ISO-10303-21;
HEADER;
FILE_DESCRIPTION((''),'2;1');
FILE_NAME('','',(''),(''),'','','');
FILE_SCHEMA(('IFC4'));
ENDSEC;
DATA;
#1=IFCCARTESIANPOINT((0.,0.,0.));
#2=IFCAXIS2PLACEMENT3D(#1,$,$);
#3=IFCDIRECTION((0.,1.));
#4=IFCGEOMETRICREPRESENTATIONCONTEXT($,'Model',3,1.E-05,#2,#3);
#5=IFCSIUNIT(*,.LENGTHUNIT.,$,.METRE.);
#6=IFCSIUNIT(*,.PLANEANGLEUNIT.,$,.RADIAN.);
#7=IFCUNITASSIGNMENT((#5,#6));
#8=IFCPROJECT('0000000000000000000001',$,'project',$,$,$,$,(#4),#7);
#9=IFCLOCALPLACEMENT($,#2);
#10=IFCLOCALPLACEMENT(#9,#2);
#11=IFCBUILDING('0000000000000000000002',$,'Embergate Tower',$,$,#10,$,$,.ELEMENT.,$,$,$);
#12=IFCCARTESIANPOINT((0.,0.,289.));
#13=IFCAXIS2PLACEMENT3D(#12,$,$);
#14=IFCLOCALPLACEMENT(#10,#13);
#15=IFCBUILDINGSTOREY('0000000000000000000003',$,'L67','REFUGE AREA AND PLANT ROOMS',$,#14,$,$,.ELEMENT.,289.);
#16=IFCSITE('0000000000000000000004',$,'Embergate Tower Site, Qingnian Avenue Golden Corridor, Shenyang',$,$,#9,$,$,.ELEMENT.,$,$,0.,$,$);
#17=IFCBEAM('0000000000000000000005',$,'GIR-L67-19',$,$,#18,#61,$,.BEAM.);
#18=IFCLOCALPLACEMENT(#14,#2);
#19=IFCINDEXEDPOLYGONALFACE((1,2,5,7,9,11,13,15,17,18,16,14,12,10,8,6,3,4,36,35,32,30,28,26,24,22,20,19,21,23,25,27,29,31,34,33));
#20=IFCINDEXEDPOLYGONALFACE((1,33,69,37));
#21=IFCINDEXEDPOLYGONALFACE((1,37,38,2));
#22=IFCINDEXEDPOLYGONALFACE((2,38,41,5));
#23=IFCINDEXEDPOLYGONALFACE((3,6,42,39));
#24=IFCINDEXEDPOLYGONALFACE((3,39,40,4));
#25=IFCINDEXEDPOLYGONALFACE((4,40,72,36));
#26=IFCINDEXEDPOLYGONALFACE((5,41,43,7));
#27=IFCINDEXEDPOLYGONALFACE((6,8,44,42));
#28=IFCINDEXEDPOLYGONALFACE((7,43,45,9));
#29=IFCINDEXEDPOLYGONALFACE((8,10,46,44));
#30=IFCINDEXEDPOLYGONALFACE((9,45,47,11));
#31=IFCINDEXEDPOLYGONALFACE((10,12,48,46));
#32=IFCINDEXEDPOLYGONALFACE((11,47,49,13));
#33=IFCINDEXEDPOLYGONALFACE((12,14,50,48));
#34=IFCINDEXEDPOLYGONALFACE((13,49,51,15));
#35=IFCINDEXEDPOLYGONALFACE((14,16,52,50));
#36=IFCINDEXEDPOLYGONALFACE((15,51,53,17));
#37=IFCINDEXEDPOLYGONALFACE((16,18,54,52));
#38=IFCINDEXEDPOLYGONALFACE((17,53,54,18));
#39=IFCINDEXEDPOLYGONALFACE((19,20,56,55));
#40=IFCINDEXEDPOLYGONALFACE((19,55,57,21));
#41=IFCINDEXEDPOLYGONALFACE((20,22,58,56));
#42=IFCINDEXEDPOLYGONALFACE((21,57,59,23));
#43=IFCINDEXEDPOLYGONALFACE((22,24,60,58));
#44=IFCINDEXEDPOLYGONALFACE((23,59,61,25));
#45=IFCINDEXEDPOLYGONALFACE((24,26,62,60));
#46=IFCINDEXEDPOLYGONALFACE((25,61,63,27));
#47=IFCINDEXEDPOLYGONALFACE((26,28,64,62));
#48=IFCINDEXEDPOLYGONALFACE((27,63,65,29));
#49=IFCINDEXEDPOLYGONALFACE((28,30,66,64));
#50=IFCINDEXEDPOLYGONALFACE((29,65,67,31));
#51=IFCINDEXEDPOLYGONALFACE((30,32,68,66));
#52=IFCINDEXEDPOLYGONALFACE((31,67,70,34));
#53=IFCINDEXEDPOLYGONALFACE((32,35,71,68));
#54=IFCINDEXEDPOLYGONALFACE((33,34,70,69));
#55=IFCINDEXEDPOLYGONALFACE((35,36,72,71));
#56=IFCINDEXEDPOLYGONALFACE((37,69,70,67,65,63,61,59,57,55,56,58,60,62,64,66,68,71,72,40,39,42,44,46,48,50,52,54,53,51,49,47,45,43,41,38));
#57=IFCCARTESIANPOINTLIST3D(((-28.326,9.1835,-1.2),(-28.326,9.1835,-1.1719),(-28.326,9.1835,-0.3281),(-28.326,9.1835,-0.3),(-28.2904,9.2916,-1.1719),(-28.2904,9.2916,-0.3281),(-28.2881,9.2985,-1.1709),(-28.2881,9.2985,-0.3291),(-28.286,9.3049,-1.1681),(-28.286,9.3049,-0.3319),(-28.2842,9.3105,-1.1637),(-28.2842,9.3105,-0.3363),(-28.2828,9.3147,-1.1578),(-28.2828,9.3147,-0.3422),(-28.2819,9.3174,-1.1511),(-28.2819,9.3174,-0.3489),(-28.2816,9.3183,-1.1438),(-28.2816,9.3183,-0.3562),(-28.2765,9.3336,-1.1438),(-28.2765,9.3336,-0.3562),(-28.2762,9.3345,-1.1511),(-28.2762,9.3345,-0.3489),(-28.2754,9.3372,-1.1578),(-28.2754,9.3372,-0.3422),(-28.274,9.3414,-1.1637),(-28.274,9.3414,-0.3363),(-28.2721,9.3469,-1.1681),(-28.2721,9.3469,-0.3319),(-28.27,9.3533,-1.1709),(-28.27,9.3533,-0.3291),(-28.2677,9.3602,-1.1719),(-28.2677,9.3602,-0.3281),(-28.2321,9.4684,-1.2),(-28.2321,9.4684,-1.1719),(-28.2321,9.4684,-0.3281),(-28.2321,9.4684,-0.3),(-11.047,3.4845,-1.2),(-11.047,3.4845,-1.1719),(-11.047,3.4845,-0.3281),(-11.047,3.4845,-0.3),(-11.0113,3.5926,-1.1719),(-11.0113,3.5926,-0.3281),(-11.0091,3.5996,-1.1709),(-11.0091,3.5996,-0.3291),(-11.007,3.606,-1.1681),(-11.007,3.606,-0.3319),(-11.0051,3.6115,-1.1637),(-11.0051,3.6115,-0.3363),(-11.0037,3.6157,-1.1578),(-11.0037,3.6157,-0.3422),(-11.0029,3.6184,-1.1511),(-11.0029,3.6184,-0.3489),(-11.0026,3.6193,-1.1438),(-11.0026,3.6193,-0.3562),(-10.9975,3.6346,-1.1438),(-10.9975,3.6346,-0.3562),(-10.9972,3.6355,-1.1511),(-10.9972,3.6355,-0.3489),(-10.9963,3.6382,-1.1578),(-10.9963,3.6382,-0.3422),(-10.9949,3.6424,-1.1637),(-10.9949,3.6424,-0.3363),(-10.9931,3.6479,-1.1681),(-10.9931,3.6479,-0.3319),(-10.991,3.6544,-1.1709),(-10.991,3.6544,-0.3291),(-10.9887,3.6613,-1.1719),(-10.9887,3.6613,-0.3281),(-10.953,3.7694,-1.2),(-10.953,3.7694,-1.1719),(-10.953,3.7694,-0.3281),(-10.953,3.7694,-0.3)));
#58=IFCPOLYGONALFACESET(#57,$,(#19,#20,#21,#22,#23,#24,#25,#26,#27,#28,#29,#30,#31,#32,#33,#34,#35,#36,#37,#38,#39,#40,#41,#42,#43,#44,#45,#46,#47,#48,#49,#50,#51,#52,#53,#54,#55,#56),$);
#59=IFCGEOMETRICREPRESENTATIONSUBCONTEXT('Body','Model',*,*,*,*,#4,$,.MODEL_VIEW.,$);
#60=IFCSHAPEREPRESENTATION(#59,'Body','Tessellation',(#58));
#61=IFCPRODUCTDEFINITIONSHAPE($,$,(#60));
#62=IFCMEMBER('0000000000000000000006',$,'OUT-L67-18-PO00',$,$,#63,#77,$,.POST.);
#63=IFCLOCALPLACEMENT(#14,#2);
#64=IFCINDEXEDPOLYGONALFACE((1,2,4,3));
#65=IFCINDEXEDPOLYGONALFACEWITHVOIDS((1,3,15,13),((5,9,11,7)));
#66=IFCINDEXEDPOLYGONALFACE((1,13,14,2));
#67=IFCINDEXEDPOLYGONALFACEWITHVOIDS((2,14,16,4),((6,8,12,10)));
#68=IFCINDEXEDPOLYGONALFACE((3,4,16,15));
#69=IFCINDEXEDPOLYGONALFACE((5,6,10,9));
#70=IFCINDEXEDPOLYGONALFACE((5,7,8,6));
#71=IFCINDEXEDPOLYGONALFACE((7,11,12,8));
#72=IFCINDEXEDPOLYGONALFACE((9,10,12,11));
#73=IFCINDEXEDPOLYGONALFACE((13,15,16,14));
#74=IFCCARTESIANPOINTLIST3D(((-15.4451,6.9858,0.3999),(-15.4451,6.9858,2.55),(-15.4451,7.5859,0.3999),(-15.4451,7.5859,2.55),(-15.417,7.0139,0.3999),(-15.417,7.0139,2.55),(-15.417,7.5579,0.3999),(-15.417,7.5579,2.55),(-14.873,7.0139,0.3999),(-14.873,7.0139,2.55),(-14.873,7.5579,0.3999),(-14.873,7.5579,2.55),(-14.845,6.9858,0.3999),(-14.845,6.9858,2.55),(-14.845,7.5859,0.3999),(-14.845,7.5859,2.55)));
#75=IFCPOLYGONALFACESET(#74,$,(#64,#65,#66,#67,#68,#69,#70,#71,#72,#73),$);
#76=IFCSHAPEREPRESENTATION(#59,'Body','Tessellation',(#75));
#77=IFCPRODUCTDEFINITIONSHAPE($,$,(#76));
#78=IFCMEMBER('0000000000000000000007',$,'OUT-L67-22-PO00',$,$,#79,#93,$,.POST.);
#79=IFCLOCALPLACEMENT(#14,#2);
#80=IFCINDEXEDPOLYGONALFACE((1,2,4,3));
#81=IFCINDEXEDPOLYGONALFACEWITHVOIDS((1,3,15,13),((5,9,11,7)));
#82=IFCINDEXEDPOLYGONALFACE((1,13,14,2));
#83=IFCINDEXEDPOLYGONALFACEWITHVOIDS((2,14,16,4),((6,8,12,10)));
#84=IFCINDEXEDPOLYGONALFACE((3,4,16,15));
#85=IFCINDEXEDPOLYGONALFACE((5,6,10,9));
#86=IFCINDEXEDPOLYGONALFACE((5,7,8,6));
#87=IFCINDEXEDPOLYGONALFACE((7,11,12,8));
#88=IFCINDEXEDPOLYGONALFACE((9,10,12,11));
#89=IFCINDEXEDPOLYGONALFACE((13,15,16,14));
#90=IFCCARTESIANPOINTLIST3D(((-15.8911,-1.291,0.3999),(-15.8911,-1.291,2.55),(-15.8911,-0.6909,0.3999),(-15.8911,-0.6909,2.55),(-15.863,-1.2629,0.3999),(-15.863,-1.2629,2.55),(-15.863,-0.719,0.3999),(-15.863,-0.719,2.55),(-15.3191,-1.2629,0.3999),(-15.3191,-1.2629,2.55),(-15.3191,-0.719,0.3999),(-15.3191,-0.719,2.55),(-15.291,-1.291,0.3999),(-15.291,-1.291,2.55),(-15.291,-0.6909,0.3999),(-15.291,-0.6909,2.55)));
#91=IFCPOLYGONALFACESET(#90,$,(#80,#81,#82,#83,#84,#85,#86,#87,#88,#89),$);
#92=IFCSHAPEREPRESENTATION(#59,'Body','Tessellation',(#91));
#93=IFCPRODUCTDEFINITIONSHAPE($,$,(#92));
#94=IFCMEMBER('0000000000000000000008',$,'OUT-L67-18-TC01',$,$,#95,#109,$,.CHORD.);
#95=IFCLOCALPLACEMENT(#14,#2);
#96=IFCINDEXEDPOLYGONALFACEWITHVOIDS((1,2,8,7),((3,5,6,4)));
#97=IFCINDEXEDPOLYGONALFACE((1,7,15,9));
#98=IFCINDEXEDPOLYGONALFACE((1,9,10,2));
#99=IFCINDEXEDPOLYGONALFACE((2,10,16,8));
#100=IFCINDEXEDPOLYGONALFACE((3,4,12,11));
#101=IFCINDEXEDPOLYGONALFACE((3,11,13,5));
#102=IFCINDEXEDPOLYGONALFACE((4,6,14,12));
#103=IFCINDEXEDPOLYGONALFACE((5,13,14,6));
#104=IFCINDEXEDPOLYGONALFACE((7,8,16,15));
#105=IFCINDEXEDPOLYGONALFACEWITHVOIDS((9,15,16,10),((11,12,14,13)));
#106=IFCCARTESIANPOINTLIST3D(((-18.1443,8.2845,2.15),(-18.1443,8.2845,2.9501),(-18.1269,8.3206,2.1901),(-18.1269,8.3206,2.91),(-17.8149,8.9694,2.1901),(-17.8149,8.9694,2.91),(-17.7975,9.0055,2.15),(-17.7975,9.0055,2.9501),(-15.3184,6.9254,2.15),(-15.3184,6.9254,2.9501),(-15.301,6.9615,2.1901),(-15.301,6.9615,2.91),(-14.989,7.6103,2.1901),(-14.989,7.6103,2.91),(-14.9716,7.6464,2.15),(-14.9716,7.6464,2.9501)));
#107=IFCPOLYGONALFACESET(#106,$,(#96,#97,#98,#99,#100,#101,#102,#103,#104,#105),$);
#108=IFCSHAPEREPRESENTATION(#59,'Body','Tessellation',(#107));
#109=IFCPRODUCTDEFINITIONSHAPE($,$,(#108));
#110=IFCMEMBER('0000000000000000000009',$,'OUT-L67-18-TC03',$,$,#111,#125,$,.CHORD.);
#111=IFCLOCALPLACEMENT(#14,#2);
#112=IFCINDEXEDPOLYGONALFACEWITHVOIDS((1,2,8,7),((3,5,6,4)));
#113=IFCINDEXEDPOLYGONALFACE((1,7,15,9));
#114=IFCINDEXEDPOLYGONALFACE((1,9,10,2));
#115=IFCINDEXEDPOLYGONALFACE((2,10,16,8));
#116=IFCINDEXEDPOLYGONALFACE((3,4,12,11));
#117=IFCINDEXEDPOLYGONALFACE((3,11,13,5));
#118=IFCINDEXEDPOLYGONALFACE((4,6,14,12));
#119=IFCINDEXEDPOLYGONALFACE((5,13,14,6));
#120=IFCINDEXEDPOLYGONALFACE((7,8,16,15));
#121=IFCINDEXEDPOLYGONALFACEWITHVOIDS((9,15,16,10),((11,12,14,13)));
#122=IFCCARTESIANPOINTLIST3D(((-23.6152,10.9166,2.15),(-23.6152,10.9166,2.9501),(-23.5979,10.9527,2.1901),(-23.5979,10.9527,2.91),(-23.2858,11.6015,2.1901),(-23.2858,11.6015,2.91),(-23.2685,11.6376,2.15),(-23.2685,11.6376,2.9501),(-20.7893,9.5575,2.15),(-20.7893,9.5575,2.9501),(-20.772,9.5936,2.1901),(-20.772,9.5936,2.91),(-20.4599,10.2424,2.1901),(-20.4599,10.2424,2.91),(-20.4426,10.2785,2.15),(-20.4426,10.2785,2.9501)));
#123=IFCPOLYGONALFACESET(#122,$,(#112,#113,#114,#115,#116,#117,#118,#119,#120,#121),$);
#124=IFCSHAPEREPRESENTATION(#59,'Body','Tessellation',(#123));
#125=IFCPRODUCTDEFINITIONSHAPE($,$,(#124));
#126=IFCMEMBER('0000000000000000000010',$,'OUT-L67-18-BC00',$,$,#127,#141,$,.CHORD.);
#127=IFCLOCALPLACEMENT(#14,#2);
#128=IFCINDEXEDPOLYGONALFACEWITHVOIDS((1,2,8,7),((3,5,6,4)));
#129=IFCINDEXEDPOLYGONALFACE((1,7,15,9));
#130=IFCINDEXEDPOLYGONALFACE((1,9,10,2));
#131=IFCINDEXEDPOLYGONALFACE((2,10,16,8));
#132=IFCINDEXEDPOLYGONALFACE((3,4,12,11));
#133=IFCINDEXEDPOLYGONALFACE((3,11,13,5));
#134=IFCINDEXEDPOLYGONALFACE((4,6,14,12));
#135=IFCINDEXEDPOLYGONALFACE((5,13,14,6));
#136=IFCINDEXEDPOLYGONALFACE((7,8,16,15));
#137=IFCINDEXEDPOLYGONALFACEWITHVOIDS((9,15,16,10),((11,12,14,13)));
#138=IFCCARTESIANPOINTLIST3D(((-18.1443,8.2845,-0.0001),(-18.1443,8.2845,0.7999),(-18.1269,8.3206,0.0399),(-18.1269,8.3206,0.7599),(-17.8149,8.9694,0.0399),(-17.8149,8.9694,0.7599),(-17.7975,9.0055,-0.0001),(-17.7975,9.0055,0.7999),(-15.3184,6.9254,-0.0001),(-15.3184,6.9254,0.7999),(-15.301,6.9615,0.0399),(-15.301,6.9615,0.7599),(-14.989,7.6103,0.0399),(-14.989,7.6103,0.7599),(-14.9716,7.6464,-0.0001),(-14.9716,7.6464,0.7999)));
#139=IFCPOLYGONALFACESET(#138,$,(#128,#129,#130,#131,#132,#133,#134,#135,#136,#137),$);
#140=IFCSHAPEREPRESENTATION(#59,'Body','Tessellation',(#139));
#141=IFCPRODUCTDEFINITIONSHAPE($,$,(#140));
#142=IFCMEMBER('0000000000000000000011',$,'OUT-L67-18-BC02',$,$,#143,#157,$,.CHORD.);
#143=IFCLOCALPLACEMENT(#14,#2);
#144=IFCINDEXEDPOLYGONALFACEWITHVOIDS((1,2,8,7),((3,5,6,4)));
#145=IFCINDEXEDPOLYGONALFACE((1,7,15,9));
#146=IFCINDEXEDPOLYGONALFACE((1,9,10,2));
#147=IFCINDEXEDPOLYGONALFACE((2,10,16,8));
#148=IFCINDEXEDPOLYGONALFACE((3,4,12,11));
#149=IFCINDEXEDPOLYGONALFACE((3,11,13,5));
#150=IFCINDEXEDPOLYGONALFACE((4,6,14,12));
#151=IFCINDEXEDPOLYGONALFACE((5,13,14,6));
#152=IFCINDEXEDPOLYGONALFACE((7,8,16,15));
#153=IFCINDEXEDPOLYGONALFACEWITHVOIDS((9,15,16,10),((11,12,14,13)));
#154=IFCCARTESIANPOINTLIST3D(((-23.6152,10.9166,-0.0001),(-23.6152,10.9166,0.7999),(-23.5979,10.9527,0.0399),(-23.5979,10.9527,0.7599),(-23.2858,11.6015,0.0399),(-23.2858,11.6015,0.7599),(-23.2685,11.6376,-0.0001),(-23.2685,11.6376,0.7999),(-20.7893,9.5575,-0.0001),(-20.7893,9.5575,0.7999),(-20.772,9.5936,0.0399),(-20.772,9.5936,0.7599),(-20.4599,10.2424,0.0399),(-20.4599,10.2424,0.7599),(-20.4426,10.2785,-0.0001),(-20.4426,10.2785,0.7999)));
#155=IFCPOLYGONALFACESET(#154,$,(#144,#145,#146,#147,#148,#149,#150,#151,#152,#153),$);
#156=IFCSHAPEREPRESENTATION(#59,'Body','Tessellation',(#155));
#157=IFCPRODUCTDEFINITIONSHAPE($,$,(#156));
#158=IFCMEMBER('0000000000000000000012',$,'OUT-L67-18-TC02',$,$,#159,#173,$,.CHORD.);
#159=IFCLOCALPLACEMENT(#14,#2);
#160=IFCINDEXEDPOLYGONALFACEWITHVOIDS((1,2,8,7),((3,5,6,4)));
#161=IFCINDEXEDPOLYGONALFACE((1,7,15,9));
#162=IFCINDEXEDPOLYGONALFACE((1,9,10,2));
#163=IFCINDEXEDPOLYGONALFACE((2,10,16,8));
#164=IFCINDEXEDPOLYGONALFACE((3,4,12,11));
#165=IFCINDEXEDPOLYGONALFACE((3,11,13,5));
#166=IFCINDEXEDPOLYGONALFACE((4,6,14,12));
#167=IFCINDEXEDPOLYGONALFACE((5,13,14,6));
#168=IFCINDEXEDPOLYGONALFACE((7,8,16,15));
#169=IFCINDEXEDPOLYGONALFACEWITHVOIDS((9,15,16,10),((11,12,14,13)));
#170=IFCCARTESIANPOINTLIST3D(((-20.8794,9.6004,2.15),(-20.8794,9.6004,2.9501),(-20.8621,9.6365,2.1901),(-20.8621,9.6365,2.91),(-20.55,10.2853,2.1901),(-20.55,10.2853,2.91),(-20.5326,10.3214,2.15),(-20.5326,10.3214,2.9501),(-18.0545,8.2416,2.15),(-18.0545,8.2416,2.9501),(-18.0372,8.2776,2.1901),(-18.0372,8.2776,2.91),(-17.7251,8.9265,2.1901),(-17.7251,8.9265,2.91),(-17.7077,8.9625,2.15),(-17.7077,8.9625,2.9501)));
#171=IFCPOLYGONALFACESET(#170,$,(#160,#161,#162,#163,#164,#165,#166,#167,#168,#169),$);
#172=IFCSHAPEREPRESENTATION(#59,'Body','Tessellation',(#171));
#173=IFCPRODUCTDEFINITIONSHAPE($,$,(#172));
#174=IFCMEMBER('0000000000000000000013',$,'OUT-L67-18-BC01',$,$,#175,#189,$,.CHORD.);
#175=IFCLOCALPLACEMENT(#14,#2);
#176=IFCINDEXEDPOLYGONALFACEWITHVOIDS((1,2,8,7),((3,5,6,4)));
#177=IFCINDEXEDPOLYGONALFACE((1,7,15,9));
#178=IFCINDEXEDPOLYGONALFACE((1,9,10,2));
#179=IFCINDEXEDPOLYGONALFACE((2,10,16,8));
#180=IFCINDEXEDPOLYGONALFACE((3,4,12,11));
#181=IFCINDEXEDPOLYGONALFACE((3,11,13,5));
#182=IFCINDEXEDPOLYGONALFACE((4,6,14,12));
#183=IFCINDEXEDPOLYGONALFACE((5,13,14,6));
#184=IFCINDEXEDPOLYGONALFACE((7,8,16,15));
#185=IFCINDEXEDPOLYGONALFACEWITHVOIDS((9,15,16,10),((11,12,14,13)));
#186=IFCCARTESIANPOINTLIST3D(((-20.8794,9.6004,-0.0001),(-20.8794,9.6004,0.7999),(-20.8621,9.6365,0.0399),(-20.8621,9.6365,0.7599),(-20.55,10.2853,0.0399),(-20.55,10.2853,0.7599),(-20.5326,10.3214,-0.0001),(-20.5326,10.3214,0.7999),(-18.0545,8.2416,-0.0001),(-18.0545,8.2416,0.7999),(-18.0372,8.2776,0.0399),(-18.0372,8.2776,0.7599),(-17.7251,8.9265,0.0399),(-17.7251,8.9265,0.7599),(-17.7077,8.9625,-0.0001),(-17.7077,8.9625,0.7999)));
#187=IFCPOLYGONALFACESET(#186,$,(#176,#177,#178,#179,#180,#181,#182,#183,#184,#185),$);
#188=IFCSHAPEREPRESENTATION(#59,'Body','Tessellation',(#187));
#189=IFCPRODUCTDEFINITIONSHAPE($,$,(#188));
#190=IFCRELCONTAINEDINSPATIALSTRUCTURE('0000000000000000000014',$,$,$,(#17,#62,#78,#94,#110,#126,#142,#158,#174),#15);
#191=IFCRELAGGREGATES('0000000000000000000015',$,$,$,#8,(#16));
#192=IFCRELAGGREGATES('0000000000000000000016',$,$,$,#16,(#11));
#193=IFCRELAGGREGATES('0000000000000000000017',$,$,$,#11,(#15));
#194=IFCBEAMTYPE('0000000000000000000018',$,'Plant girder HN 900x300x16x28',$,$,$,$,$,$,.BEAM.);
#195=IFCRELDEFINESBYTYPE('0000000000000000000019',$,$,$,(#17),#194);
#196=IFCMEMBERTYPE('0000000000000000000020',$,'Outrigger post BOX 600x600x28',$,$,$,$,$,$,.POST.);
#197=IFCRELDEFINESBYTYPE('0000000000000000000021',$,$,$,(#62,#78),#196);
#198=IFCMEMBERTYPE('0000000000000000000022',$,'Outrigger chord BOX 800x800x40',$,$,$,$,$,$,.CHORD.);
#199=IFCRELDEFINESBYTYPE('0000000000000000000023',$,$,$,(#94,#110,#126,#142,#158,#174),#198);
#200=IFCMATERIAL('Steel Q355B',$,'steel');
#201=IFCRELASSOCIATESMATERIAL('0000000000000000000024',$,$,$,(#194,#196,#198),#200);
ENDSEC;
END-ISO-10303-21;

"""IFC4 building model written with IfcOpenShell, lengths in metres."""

from ifc_helpers import new_model, si_unit, direction, frame, origin, origin_2d, place, context, subcontext, project, spatial, hollow_rectangle, i_section, extrude, source, transform, mapped, material, material_profile, profile_set, type_object, element, save


model = new_model("IFC4")

# Units and contexts
model_context = context("Model", 3, precision=1e-05, world=origin(), true_north=direction((0.0, 1.0)))
body_context = subcontext(model_context, "Body", "Model", "MODEL_VIEW")
ifc_project = project(units=[si_unit("LENGTHUNIT", "METRE"), si_unit("PLANEANGLEUNIT", "RADIAN")], contexts=[model_context])

# Site, building, storey
site_placement = place(None, origin())
site = spatial("IfcSite", under=ifc_project, at=site_placement, Name="Embergate Tower Site, Qingnian Avenue Golden Corridor, Shenyang", CompositionType="ELEMENT", RefElevation=0.0)
building_placement = place(site_placement, origin())
building = spatial("IfcBuilding", under=site, at=building_placement, Name="Embergate Tower", CompositionType="ELEMENT")
storey_placement = place(building_placement, frame((0.0, 0.0, 289.0)))
storey = spatial("IfcBuildingStorey", under=building, at=storey_placement, Name="L67", Description="REFUGE AREA AND PLANT ROOMS", CompositionType="ELEMENT", Elevation=289.0)

# Beam
ifc_material_1 = material(Name="Steel Q355B", Category="steel")
ifc_material_profile_1 = material_profile(ifc_material_1, i_section(OverallWidth=0.3, OverallDepth=0.8999, WebThickness=0.0161, FlangeThickness=0.0281, FilletRadius=0.0281, at=origin_2d()), Name="HN 900x300x16x28")
ifc_profile_set_1 = profile_set([ifc_material_profile_1], Name="Steel Q355 grade B")
beam_type_1 = type_object("IfcBeamType", Name="Plant girder HN 900x300x16x28", PredefinedType="BEAM", material=ifc_profile_set_1)
shared_shape_1 = source(origin(), body_context, "Body", "SweptSolid", [
    extrude(i_section(OverallWidth=0.3, OverallDepth=0.8999, WebThickness=0.0161, FlangeThickness=0.0281, FilletRadius=0.0281, at=origin_2d()), origin(), (0.0, 0.0, 1.0), 18.1946),
])
beam_1_placement = place(storey_placement, frame((-28.2791, 9.3259, -0.75), z_axis=(0.94968, -0.313223, 0.0), x_axis=(0.313223, 0.94968, 0.0)))
element("IfcBeam", 1, at=beam_1_placement, inside=storey, type_object=beam_type_1, Name="GIR-L67-19", PredefinedType="BEAM", context=body_context, shape_type="MappedRepresentation", body=[
    mapped(shared_shape_1, transform((0.0, 0.0, 0.0))),
])

# Members
ifc_material_profile_2 = material_profile(ifc_material_1, hollow_rectangle(XDim=0.6001, YDim=0.6001, WallThickness=0.0281, at=origin_2d()), Name="BOX 600x600x28")
ifc_profile_set_2 = profile_set([ifc_material_profile_2], Name="Steel Q355 grade B")
member_type_1 = type_object("IfcMemberType", Name="Outrigger post BOX 600x600x28", PredefinedType="POST", material=ifc_profile_set_2)
shared_shape_2 = source(origin(), body_context, "Body", "SweptSolid", [
    extrude(hollow_rectangle(XDim=0.6001, YDim=0.6001, WallThickness=0.0281, at=origin_2d()), origin(), (0.0, 0.0, 1.0), 2.1501),
])
for number, where, z_axis, x_axis, name in (
    (2, (-15.145, 7.2859, 0.3999), (0.0, 0.0, 1.0), (1.0, 0.0, 0.0), "OUT-L67-18-PO00"),
    (3, (-15.5911, -0.991, 0.3999), (0.0, 0.0, 1.0), (1.0, 0.0, 0.0), "OUT-L67-22-PO00"),
):
    element("IfcMember", number, at=place(storey_placement, frame(where, z_axis=z_axis, x_axis=x_axis)), inside=storey, type_object=member_type_1, Name=name, PredefinedType="POST", context=body_context, shape_type="MappedRepresentation", body=[
        mapped(shared_shape_2, transform((0.0, 0.0, 0.0))),
    ])
ifc_material_profile_3 = material_profile(ifc_material_1, hollow_rectangle(XDim=0.8, YDim=0.8, WallThickness=0.04, at=origin_2d()), Name="BOX 800x800x40")
ifc_profile_set_3 = profile_set([ifc_material_profile_3], Name="Steel Q355 grade B")
member_type_2 = type_object("IfcMemberType", Name="Outrigger chord BOX 800x800x40", PredefinedType="CHORD", material=ifc_profile_set_3)
shared_shape_3 = source(origin(), body_context, "Body", "SweptSolid", [
    extrude(hollow_rectangle(XDim=0.8, YDim=0.8, WallThickness=0.04, at=origin_2d()), origin(), (0.0, 0.0, 1.0), 3.1357),
])
for number, where, z_axis, x_axis, name in (
    (4, (-15.145, 7.2859, 2.55), (-0.901189, 0.433427, 0.0), (-0.433427, -0.901189, 0.0), "OUT-L67-18-TC01"),
    (5, (-20.616, 9.918, 2.55), (-0.901189, 0.433427, 0.0), (-0.433427, -0.901189, 0.0), "OUT-L67-18-TC03"),
    (6, (-15.145, 7.2859, 0.3999), (-0.901189, 0.433427, 0.0), (-0.433427, -0.901189, 0.0), "OUT-L67-18-BC00"),
    (7, (-20.616, 9.918, 0.3999), (-0.901189, 0.433427, 0.0), (-0.433427, -0.901189, 0.0), "OUT-L67-18-BC02"),
):
    element("IfcMember", number, at=place(storey_placement, frame(where, z_axis=z_axis, x_axis=x_axis)), inside=storey, type_object=member_type_2, Name=name, PredefinedType="CHORD", context=body_context, shape_type="MappedRepresentation", body=[
        mapped(shared_shape_3, transform((0.0, 0.0, 0.0))),
    ])
shared_shape_4 = source(origin(), body_context, "Body", "SweptSolid", [
    extrude(hollow_rectangle(XDim=0.8, YDim=0.8, WallThickness=0.04, at=origin_2d()), origin(), (0.0, 0.0, 1.0), 3.1348),
])
for number, where, z_axis, x_axis, name in (
    (8, (-17.8811, 8.6021, 2.55), (-0.901161, 0.433485, 0.0), (-0.433485, -0.901161, 0.0), "OUT-L67-18-TC02"),
    (9, (-17.8811, 8.6021, 0.3999), (-0.901161, 0.433485, 0.0), (-0.433485, -0.901161, 0.0), "OUT-L67-18-BC01"),
):
    element("IfcMember", number, at=place(storey_placement, frame(where, z_axis=z_axis, x_axis=x_axis)), inside=storey, type_object=member_type_2, Name=name, PredefinedType="CHORD", context=body_context, shape_type="MappedRepresentation", body=[
        mapped(shared_shape_4, transform((0.0, 0.0, 0.0))),
    ])

save(model, "model.ifc")
